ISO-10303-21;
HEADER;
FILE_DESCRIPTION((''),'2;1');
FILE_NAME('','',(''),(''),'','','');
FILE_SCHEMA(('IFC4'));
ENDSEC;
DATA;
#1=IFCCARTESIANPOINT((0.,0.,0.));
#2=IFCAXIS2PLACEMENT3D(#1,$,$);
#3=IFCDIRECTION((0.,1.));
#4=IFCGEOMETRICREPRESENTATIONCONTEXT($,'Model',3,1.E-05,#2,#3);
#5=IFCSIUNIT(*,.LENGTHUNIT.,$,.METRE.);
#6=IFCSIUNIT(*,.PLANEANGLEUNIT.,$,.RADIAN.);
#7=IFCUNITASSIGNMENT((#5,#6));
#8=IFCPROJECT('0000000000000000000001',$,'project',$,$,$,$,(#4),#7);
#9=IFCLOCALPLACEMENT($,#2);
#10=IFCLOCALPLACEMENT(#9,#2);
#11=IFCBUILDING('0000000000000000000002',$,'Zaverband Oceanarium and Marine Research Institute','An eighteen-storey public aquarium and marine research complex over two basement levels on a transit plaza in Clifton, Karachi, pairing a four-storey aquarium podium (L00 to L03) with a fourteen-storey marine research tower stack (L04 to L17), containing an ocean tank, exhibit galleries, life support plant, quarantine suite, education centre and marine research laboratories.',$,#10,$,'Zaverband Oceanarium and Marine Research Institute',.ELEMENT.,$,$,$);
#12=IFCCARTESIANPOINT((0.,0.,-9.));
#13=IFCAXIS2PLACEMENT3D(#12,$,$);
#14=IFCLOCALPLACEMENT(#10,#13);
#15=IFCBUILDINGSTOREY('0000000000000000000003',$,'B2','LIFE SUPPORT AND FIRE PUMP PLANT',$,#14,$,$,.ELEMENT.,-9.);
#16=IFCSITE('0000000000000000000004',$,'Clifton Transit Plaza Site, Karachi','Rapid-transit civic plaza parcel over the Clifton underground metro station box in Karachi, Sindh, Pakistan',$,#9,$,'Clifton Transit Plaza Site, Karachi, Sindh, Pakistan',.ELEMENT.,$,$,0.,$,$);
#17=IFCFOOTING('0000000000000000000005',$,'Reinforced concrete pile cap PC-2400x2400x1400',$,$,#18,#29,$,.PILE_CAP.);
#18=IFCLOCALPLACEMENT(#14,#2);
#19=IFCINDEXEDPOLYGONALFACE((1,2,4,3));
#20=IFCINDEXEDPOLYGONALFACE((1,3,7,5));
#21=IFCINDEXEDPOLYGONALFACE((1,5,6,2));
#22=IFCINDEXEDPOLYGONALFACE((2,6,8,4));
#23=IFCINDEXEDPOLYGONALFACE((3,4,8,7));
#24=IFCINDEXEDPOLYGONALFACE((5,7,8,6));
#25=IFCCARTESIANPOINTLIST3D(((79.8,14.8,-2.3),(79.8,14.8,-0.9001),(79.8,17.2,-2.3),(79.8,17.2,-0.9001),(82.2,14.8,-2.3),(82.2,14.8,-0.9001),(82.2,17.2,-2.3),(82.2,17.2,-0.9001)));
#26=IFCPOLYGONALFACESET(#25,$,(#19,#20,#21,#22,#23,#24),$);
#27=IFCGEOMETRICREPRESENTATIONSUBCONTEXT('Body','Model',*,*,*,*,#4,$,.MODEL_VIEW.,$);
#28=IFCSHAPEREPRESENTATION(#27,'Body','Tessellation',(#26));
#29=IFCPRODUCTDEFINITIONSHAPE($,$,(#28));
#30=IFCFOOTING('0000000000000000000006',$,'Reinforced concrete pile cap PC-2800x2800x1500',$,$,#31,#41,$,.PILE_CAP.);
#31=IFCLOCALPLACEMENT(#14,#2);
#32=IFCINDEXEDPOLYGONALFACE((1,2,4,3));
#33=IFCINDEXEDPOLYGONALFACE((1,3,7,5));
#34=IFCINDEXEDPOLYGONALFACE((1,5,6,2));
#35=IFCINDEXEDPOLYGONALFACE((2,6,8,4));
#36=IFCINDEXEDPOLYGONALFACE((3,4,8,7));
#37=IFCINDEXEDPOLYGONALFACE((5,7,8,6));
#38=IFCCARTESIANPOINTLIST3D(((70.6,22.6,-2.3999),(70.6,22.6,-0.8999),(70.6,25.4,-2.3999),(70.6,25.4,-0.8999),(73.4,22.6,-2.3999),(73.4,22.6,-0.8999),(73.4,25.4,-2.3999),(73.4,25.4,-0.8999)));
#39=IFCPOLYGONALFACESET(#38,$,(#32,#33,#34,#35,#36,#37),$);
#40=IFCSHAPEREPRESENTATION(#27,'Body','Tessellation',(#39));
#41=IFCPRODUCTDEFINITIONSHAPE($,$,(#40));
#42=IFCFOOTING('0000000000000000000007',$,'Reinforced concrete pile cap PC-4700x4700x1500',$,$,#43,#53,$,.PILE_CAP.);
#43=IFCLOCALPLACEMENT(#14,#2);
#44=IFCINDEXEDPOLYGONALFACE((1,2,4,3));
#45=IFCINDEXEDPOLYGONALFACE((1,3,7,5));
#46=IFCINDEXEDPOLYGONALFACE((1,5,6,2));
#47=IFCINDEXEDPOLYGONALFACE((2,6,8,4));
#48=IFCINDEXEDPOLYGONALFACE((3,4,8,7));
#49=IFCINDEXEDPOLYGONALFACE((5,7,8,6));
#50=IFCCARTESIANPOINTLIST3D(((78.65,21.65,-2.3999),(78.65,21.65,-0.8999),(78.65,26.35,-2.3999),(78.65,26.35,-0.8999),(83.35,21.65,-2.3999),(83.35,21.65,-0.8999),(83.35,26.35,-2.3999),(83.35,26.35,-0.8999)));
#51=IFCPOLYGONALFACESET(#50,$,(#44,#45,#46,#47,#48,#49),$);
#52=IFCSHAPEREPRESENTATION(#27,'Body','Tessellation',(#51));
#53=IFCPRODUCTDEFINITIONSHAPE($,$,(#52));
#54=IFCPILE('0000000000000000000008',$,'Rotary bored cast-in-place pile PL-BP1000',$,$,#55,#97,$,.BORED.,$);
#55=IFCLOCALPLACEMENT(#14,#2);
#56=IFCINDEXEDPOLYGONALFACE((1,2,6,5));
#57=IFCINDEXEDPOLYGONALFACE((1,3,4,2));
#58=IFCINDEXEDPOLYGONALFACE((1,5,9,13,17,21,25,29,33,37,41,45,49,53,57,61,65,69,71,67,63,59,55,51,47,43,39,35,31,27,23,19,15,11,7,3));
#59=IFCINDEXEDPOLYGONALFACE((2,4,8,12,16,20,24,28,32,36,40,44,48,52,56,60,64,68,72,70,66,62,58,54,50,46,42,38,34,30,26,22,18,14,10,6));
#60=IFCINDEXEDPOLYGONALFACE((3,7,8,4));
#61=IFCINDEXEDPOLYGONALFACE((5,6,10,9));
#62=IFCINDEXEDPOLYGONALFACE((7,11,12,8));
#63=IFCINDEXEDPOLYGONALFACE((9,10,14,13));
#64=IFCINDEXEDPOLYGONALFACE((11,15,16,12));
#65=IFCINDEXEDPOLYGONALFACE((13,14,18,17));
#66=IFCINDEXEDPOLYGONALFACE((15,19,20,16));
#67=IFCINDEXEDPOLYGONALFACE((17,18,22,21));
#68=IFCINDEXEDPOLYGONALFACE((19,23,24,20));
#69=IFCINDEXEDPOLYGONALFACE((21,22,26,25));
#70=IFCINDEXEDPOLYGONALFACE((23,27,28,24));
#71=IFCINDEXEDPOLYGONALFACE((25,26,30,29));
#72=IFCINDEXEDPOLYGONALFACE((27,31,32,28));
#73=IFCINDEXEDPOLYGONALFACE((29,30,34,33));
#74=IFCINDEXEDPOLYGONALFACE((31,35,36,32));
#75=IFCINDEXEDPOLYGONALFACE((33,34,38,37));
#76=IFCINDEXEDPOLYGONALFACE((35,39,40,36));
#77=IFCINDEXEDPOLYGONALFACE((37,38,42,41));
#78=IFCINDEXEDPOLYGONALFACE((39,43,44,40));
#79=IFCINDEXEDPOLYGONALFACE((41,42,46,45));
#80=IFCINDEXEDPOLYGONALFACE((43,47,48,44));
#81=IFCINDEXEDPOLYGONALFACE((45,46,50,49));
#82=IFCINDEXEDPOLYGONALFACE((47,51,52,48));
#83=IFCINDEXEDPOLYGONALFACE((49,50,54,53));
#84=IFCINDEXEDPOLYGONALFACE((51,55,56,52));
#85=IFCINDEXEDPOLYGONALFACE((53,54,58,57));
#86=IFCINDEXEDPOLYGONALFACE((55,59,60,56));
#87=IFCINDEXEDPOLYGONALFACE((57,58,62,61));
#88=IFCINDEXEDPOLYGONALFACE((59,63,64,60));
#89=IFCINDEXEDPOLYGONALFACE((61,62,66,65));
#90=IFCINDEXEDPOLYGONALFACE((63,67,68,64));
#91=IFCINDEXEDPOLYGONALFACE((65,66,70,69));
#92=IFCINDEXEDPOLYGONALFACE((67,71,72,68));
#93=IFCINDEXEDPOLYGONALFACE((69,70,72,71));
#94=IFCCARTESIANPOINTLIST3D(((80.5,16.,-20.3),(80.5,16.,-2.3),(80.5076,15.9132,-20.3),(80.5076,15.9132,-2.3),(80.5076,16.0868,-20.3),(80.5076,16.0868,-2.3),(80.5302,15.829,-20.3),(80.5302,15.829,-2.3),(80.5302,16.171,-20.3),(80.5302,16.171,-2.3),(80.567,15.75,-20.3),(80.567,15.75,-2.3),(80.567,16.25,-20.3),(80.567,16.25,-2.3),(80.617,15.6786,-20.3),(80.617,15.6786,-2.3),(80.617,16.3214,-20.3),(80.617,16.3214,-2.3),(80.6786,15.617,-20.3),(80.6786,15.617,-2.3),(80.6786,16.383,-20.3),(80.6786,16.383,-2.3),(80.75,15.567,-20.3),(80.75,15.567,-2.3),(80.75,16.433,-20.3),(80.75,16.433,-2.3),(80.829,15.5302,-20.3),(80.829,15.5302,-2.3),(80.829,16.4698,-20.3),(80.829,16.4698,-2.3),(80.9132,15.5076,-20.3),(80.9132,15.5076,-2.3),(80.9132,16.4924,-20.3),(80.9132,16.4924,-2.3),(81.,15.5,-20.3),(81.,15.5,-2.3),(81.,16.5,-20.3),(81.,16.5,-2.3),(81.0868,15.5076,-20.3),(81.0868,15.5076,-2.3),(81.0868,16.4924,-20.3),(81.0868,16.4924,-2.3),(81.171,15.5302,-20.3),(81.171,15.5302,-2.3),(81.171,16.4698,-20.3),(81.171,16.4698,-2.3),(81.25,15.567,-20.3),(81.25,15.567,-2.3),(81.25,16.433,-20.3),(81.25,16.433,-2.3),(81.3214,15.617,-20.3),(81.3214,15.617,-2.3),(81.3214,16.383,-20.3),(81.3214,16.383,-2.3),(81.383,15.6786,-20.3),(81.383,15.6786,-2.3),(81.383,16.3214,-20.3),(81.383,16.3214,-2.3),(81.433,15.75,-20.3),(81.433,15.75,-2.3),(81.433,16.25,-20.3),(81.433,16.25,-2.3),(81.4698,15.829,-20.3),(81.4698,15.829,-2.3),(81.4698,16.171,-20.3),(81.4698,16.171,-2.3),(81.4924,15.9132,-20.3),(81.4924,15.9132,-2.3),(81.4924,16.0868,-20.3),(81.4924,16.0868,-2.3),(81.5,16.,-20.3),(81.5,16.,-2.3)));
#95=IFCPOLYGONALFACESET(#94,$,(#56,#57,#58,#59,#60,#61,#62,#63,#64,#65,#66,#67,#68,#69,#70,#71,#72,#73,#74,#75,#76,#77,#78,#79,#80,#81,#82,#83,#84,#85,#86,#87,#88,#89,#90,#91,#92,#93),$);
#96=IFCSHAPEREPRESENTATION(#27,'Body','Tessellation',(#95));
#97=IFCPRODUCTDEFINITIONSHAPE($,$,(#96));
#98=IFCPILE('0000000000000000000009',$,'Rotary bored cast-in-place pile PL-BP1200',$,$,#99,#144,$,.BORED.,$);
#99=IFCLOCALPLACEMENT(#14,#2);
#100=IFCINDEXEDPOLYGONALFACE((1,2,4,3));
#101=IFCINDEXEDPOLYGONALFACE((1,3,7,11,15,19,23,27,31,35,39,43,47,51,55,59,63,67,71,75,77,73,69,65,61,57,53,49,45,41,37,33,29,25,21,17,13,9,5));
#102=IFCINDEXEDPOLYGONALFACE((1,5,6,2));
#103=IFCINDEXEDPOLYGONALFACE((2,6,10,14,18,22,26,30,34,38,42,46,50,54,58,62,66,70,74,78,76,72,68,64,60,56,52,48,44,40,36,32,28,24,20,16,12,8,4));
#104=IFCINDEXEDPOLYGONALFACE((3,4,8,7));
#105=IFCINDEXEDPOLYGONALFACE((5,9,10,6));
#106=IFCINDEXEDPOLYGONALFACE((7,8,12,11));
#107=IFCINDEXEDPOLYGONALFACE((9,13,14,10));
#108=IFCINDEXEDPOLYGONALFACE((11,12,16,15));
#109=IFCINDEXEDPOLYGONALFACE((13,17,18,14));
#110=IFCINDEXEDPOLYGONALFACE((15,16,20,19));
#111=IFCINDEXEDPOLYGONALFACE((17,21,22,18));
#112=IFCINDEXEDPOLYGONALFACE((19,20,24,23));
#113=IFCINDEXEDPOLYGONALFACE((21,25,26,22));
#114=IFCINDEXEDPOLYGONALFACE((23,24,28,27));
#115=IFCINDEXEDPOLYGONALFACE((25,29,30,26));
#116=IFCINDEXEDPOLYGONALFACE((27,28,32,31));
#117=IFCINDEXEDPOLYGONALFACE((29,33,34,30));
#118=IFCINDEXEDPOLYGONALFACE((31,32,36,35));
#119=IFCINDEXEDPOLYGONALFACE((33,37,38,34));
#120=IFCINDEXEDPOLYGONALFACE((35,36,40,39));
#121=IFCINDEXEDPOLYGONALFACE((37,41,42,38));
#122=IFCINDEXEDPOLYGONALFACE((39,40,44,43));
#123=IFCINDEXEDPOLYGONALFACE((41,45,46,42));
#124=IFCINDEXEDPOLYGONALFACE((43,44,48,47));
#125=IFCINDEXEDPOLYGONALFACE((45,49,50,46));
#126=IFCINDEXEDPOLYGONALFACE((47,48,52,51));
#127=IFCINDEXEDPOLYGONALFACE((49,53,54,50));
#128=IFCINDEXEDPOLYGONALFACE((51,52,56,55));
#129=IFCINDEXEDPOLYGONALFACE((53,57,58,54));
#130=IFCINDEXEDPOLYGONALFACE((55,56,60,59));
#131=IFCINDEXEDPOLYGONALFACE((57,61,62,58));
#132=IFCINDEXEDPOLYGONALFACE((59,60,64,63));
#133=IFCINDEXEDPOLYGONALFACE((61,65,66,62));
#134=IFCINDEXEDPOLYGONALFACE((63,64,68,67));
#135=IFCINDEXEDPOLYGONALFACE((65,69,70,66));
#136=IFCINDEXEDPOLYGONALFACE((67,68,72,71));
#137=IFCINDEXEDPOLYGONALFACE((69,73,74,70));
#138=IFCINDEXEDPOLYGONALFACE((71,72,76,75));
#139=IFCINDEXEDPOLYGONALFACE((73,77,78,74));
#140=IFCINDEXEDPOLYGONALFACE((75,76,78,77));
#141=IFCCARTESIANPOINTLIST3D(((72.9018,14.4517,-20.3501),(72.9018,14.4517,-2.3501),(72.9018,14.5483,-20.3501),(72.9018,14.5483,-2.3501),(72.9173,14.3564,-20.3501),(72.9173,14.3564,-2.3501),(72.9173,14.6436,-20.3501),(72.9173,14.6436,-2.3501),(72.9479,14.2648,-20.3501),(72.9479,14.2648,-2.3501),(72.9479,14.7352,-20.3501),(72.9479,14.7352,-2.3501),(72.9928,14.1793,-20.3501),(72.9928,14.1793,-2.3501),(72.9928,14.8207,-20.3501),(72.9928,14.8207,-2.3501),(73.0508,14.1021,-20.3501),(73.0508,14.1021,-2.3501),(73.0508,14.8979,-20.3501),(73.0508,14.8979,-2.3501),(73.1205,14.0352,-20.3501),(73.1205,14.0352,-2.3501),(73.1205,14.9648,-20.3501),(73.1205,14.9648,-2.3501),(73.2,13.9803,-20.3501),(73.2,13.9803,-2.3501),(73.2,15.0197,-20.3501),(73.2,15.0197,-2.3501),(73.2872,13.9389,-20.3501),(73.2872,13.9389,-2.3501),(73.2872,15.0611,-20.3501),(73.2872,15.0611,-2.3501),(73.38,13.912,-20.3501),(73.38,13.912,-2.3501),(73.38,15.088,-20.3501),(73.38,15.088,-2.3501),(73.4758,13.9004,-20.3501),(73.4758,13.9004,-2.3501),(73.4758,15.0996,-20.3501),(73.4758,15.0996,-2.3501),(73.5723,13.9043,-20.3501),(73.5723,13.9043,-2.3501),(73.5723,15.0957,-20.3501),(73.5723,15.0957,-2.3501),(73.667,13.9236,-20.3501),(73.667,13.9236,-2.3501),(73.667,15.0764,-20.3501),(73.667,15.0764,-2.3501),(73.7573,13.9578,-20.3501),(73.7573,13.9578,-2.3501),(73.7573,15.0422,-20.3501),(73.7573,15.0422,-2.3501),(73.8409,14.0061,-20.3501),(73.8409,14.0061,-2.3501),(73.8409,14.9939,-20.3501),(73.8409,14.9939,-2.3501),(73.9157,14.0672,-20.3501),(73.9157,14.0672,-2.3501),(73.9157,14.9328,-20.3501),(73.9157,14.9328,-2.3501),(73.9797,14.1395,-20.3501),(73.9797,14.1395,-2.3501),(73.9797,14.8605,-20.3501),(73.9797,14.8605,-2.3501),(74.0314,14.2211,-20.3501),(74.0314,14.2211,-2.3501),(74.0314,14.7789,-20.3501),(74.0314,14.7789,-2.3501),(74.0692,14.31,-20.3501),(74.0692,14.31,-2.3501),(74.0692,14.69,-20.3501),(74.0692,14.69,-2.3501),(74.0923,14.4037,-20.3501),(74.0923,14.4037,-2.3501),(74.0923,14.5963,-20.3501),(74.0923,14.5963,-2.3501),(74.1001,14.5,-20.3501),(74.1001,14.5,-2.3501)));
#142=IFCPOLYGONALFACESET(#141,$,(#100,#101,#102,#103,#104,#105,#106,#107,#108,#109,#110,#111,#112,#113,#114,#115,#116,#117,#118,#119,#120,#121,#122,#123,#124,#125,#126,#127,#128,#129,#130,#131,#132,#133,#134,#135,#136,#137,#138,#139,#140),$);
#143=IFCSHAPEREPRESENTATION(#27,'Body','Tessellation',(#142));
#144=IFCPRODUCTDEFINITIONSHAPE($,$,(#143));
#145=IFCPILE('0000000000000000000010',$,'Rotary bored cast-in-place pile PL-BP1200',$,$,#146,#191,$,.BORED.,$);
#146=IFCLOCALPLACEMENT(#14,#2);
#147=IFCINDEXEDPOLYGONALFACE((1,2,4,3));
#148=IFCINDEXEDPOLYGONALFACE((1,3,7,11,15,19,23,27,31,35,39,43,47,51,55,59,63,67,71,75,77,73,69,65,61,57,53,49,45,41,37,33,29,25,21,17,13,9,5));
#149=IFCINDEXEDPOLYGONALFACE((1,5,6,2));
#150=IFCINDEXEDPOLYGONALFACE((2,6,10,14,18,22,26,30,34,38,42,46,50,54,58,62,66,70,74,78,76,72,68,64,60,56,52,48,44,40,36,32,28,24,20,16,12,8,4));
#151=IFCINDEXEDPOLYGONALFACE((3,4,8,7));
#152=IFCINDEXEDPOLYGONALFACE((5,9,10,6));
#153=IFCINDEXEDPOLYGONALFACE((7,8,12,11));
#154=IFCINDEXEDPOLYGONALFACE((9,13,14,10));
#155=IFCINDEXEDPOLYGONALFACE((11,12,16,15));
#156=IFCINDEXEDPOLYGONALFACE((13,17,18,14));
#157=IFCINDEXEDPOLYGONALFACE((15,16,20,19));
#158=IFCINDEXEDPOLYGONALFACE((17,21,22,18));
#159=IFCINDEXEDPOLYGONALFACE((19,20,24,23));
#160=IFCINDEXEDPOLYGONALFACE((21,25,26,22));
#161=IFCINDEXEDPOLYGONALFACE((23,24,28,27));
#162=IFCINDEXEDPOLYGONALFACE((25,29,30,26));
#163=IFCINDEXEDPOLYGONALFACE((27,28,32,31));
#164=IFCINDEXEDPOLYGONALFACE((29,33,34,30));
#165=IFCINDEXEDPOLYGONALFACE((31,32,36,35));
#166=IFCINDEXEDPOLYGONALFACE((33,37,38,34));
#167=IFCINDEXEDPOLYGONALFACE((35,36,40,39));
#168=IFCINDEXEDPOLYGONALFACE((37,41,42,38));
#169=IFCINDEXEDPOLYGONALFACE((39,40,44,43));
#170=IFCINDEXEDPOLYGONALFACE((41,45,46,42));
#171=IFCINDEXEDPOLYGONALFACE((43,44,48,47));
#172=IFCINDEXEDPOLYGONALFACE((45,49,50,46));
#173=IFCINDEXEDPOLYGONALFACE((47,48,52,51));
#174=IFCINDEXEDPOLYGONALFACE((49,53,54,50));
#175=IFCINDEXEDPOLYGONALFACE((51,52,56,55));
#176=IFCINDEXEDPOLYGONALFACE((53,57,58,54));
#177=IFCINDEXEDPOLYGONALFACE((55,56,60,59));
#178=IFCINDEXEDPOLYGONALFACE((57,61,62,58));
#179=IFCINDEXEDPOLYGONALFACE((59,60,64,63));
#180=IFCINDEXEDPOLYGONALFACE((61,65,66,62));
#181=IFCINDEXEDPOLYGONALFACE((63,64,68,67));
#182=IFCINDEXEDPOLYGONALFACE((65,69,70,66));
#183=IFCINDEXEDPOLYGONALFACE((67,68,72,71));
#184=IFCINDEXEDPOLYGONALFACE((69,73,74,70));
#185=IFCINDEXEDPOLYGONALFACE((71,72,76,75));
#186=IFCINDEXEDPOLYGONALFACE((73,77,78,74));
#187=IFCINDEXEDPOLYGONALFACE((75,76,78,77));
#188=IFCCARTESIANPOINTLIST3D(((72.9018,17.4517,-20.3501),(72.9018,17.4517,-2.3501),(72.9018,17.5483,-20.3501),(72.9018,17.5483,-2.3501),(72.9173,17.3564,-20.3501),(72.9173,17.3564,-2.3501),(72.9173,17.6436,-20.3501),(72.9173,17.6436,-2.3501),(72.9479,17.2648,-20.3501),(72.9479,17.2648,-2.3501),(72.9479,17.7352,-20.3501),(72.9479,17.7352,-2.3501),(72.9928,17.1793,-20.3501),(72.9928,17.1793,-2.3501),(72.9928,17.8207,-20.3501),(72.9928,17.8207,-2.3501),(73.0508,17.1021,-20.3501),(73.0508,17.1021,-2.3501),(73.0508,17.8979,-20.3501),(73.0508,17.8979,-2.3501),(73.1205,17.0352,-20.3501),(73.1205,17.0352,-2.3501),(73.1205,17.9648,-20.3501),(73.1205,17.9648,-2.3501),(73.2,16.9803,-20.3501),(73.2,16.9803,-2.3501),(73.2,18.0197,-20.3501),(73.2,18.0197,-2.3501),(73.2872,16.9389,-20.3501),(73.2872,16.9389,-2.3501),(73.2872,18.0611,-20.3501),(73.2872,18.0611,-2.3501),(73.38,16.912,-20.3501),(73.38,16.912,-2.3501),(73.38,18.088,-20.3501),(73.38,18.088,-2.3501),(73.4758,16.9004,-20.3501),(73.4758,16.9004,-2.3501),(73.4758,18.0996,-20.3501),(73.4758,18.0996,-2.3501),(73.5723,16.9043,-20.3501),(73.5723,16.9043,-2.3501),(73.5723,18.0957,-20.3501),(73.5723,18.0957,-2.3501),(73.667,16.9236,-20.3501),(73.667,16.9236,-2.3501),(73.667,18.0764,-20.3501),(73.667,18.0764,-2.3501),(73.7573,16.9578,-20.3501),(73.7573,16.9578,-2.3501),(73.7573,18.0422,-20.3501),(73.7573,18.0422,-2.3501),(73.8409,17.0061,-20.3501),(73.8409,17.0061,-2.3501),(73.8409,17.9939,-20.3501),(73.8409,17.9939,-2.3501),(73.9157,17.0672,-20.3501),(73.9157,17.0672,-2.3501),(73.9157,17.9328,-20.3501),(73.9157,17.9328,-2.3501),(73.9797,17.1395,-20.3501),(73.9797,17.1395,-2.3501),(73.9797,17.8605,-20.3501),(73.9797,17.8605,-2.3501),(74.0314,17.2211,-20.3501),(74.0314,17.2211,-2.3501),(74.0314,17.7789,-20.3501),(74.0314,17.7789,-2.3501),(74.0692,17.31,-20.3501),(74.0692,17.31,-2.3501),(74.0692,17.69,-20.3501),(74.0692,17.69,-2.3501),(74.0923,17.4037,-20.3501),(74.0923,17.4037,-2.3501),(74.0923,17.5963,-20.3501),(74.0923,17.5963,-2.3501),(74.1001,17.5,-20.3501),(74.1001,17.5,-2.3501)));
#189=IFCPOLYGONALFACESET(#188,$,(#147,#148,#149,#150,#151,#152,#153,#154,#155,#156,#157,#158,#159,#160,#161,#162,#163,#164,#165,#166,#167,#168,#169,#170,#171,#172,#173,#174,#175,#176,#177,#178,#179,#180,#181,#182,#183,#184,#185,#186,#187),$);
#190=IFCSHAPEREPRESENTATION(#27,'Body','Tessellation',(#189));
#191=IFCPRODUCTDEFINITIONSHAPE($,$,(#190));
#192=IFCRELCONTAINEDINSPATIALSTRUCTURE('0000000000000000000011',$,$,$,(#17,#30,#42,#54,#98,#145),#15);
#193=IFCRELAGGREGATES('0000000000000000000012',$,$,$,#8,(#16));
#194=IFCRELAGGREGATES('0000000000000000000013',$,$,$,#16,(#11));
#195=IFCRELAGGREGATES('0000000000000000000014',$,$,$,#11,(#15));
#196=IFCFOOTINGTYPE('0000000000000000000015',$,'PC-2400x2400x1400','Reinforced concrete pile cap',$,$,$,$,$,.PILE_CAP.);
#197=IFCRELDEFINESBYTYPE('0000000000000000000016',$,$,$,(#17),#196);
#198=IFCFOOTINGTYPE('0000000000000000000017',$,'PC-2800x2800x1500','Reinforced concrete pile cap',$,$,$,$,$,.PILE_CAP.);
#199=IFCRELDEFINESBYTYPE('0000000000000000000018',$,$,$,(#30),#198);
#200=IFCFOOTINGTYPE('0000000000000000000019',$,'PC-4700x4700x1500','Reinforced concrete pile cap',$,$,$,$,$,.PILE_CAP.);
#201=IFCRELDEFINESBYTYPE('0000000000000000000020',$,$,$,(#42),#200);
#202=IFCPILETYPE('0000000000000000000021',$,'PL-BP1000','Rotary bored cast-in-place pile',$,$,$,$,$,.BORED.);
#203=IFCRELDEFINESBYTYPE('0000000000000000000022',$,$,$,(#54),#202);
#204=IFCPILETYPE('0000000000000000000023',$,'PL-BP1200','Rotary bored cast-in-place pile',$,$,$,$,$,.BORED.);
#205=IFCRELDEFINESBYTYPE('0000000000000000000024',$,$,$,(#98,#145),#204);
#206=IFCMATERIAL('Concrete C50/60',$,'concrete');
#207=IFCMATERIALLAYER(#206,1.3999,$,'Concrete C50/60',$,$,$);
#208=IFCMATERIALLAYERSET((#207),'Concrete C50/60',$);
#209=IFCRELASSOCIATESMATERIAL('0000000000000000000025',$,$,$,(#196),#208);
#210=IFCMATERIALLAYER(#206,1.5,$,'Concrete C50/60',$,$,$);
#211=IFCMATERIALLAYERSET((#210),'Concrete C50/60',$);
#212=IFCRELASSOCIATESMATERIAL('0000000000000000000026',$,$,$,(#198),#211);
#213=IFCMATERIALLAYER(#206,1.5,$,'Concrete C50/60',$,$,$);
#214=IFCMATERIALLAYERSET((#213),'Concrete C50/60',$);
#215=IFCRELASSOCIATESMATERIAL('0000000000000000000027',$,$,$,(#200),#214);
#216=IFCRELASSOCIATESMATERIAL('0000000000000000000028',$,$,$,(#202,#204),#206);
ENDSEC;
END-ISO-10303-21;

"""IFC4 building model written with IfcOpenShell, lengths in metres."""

from ifc_helpers import new_model, si_unit, direction, frame, origin, origin_2d, place, context, subcontext, project, spatial, rectangle, circle, extrude, material, layer, layer_set, material_profile, profile_set, type_object, element, save


model = new_model("IFC4")

# Units and contexts
model_context = context("Model", 3, precision=1e-05, world=origin(), true_north=direction((0.0, 1.0)))
body_context = subcontext(model_context, "Body", "Model", "MODEL_VIEW")
ifc_project = project(units=[si_unit("LENGTHUNIT", "METRE"), si_unit("PLANEANGLEUNIT", "RADIAN")], contexts=[model_context])

# Site, building, storey
site_placement = place(None, origin())
site = spatial("IfcSite", under=ifc_project, at=site_placement, Name="Clifton Transit Plaza Site, Karachi", Description="Rapid-transit civic plaza parcel over the Clifton underground metro station box in Karachi, Sindh, Pakistan", LongName="Clifton Transit Plaza Site, Karachi, Sindh, Pakistan", CompositionType="ELEMENT", RefElevation=0.0)
building_placement = place(site_placement, origin())
building = spatial("IfcBuilding", under=site, at=building_placement, Name="Zaverband Oceanarium and Marine Research Institute", Description="An eighteen-storey public aquarium and marine research complex over two basement levels on a transit plaza in Clifton, Karachi, pairing a four-storey aquarium podium (L00 to L03) with a fourteen-storey marine research tower stack (L04 to L17), containing an ocean tank, exhibit galleries, life support plant, quarantine suite, education centre and marine research laboratories.", LongName="Zaverband Oceanarium and Marine Research Institute", CompositionType="ELEMENT")
storey_placement = place(building_placement, frame((0.0, 0.0, -9.0)))
storey = spatial("IfcBuildingStorey", under=building, at=storey_placement, Name="B2", Description="LIFE SUPPORT AND FIRE PUMP PLANT", CompositionType="ELEMENT", Elevation=-9.0)

# Footings
ifc_material_1 = material(Name="Concrete C50/60", Category="concrete")
ifc_layer_1 = layer(ifc_material_1, 1.3999, Name="Concrete C50/60")
ifc_layer_set_1 = layer_set([ifc_layer_1], Name="Concrete C50/60")
footing_type_1 = type_object("IfcFootingType", Name="PC-2400x2400x1400", Description="Reinforced concrete pile cap", PredefinedType="PILE_CAP", material=ifc_layer_set_1)
footing_1_placement = place(storey_placement, frame((81.0, 16.0, -2.3), z_axis=(0.0, 0.0, 1.0), x_axis=(1.0, 0.0, 0.0)))
element("IfcFooting", 1, at=footing_1_placement, inside=storey, type_object=footing_type_1, Name="Reinforced concrete pile cap PC-2400x2400x1400", PredefinedType="PILE_CAP", context=body_context, shape_type="SweptSolid", body=[
    extrude(rectangle(XDim=2.3999, YDim=2.3999, at=origin_2d()), origin(), (0.0, 0.0, 1.0), 1.3999),
])
ifc_layer_2 = layer(ifc_material_1, 1.5, Name="Concrete C50/60")
ifc_layer_set_2 = layer_set([ifc_layer_2], Name="Concrete C50/60")
footing_type_2 = type_object("IfcFootingType", Name="PC-2800x2800x1500", Description="Reinforced concrete pile cap", PredefinedType="PILE_CAP", material=ifc_layer_set_2)
footing_2_placement = place(storey_placement, frame((72.0, 24.0, -2.3999), z_axis=(0.0, 0.0, 1.0), x_axis=(1.0, 0.0, 0.0)))
element("IfcFooting", 2, at=footing_2_placement, inside=storey, type_object=footing_type_2, Name="Reinforced concrete pile cap PC-2800x2800x1500", PredefinedType="PILE_CAP", context=body_context, shape_type="SweptSolid", body=[
    extrude(rectangle(XDim=2.8, YDim=2.8, at=origin_2d()), origin(), (0.0, 0.0, 1.0), 1.5),
])
ifc_layer_3 = layer(ifc_material_1, 1.5, Name="Concrete C50/60")
ifc_layer_set_3 = layer_set([ifc_layer_3], Name="Concrete C50/60")
footing_type_3 = type_object("IfcFootingType", Name="PC-4700x4700x1500", Description="Reinforced concrete pile cap", PredefinedType="PILE_CAP", material=ifc_layer_set_3)
footing_3_placement = place(storey_placement, frame((81.0, 24.0, -2.3999), z_axis=(0.0, 0.0, 1.0), x_axis=(1.0, 0.0, 0.0)))
element("IfcFooting", 3, at=footing_3_placement, inside=storey, type_object=footing_type_3, Name="Reinforced concrete pile cap PC-4700x4700x1500", PredefinedType="PILE_CAP", context=body_context, shape_type="SweptSolid", body=[
    extrude(rectangle(XDim=4.7, YDim=4.7, at=origin_2d()), origin(), (0.0, 0.0, 1.0), 1.5),
])

# Piles
ifc_material_profile_1 = material_profile(ifc_material_1, circle(Radius=0.5, at=origin_2d()), Name="BP1000")
ifc_profile_set_1 = profile_set([ifc_material_profile_1], Name="Concrete C50/60")
pile_type_1 = type_object("IfcPileType", Name="PL-BP1000", Description="Rotary bored cast-in-place pile", PredefinedType="BORED", material=ifc_profile_set_1)
pile_placement = place(storey_placement, frame((81.0, 16.0, -2.3), z_axis=(0.0, 0.0, -1.0), x_axis=(1.0, 0.0, 0.0)))
element("IfcPile", 4, at=pile_placement, inside=storey, type_object=pile_type_1, Name="Rotary bored cast-in-place pile PL-BP1000", PredefinedType="BORED", context=body_context, shape_type="SweptSolid", body=[
    extrude(circle(Radius=0.5, at=origin_2d()), origin(), (0.0, 0.0, 1.0), 18.0),
])
ifc_material_profile_2 = material_profile(ifc_material_1, circle(Radius=0.6001, at=origin_2d()), Name="BP1200")
ifc_profile_set_2 = profile_set([ifc_material_profile_2], Name="Concrete C50/60")
pile_type_2 = type_object("IfcPileType", Name="PL-BP1200", Description="Rotary bored cast-in-place pile", PredefinedType="BORED", material=ifc_profile_set_2)
for number, where, z_axis, x_axis, name in (
    (5, (73.5, 14.5, -2.3501), (0.0, 0.0, -1.0), (1.0, 0.0, 0.0), "Rotary bored cast-in-place pile PL-BP1200"),
    (6, (73.5, 17.5, -2.3501), (0.0, 0.0, -1.0), (1.0, 0.0, 0.0), "Rotary bored cast-in-place pile PL-BP1200"),
):
    element("IfcPile", number, at=place(storey_placement, frame(where, z_axis=z_axis, x_axis=x_axis)), inside=storey, type_object=pile_type_2, Name=name, PredefinedType="BORED", context=body_context, shape_type="SweptSolid", body=[
        extrude(circle(Radius=0.6001, at=origin_2d()), origin(), (0.0, 0.0, 1.0), 18.0),
    ])

save(model, "model.ifc")
